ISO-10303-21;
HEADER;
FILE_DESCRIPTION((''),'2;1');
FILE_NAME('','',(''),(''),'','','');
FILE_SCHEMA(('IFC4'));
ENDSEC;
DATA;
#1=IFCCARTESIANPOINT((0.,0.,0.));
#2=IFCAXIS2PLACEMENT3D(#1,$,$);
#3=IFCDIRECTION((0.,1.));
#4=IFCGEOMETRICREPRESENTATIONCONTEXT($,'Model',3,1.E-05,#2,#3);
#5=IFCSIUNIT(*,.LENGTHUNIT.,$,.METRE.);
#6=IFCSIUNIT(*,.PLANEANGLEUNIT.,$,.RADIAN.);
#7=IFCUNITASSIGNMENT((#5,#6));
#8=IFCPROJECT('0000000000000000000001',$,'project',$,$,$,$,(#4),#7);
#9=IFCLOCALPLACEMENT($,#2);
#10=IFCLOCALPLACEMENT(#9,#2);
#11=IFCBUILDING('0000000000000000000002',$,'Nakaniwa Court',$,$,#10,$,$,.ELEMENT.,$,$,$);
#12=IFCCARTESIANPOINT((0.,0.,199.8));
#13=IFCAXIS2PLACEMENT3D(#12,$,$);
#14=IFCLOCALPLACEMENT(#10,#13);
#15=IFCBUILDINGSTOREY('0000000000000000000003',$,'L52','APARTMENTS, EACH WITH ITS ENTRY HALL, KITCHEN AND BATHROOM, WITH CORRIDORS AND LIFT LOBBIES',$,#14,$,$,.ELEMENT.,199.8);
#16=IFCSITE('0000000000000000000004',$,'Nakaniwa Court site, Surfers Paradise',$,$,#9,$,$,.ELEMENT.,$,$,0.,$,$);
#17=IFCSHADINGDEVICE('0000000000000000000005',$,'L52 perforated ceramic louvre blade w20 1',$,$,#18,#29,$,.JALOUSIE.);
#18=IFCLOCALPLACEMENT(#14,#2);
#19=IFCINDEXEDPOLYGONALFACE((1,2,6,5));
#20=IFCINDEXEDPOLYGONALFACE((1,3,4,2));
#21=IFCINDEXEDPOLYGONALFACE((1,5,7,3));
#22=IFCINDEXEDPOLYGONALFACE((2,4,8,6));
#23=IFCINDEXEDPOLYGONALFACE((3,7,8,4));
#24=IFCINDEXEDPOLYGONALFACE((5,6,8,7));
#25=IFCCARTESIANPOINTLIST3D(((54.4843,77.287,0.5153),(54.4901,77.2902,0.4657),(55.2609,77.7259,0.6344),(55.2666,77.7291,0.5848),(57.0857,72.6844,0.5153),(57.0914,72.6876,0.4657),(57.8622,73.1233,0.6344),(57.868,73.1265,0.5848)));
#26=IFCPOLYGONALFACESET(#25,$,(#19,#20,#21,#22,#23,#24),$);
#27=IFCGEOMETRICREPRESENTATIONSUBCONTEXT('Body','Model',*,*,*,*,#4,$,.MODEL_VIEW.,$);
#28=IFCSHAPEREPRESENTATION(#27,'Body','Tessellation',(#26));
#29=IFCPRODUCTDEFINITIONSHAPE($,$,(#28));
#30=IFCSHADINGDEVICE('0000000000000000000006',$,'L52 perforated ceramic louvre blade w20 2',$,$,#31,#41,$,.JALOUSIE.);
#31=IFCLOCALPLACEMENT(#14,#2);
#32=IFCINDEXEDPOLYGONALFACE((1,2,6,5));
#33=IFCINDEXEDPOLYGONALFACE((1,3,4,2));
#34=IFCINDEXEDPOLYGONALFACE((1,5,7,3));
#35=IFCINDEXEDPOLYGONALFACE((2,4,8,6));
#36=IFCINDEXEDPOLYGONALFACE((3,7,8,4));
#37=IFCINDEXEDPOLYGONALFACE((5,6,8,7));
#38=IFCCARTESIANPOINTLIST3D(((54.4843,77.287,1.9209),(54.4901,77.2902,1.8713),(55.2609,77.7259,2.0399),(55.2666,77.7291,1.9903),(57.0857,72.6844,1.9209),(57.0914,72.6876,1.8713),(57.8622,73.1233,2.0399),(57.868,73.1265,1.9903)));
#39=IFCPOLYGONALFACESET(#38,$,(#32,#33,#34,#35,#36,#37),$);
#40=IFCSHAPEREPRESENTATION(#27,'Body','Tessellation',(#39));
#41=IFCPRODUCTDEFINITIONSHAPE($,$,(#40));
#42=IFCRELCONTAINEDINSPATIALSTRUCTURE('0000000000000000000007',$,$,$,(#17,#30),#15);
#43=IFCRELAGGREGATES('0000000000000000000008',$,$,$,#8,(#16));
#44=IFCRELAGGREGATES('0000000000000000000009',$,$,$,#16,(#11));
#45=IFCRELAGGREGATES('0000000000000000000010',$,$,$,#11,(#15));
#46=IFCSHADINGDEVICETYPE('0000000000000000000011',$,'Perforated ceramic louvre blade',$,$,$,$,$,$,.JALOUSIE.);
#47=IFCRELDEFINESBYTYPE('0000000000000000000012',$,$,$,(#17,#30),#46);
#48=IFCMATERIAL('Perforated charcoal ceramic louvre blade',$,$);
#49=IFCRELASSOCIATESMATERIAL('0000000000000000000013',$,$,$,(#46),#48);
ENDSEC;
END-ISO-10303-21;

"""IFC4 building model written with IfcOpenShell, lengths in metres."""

from ifc_helpers import new_model, si_unit, direction, frame, origin, origin_2d, place, context, subcontext, project, spatial, rectangle, extrude, material, material_profile, profile_set, type_object, element, save


model = new_model("IFC4")

# Units and contexts
model_context = context("Model", 3, precision=1e-05, world=origin(), true_north=direction((0.0, 1.0)))
body_context = subcontext(model_context, "Body", "Model", "MODEL_VIEW")
ifc_project = project(units=[si_unit("LENGTHUNIT", "METRE"), si_unit("PLANEANGLEUNIT", "RADIAN")], contexts=[model_context])

# Site, building, storey
site_placement = place(None, origin())
site = spatial("IfcSite", under=ifc_project, at=site_placement, Name="Nakaniwa Court site, Surfers Paradise", CompositionType="ELEMENT", RefElevation=0.0)
building_placement = place(site_placement, origin())
building = spatial("IfcBuilding", under=site, at=building_placement, Name="Nakaniwa Court", CompositionType="ELEMENT")
storey_placement = place(building_placement, frame((0.0, 0.0, 199.8)))
storey = spatial("IfcBuildingStorey", under=building, at=storey_placement, Name="L52", Description="APARTMENTS, EACH WITH ITS ENTRY HALL, KITCHEN AND BATHROOM, WITH CORRIDORS AND LIFT LOBBIES", CompositionType="ELEMENT", Elevation=199.8)

# Shading devices
ifc_material_1 = material(Name="Perforated charcoal ceramic louvre blade")
ifc_material_profile_1 = material_profile(ifc_material_1, rectangle(XDim=0.8999, YDim=0.05, at=origin_2d()), Name="Perforated ceramic louvre blade")
ifc_profile_set_1 = profile_set([ifc_material_profile_1], Name="Perforated charcoal ceramic louvre blade")
shading_device_type = type_object("IfcShadingDeviceType", Name="Perforated ceramic louvre blade", PredefinedType="JALOUSIE", material=ifc_profile_set_1)
for number, where, z_axis, x_axis, name in (
    (1, (54.8755, 77.5081, 0.55), (0.492041, -0.870572, 0.0), (0.862925, 0.487718, 0.132256), "L52 perforated ceramic louvre blade w20 1"),
    (2, (54.8755, 77.5081, 1.9556), (0.492041, -0.870572, 0.0), (0.862925, 0.487718, 0.132256), "L52 perforated ceramic louvre blade w20 2"),
):
    element("IfcShadingDevice", number, at=place(storey_placement, frame(where, z_axis=z_axis, x_axis=x_axis)), inside=storey, type_object=shading_device_type, Name=name, PredefinedType="JALOUSIE", context=body_context, shape_type="SweptSolid", body=[
        extrude(rectangle(XDim=0.8999, YDim=0.05, at=origin_2d()), origin(), (0.0, 0.0, 1.0), 5.2869),
    ])

save(model, "model.ifc")
